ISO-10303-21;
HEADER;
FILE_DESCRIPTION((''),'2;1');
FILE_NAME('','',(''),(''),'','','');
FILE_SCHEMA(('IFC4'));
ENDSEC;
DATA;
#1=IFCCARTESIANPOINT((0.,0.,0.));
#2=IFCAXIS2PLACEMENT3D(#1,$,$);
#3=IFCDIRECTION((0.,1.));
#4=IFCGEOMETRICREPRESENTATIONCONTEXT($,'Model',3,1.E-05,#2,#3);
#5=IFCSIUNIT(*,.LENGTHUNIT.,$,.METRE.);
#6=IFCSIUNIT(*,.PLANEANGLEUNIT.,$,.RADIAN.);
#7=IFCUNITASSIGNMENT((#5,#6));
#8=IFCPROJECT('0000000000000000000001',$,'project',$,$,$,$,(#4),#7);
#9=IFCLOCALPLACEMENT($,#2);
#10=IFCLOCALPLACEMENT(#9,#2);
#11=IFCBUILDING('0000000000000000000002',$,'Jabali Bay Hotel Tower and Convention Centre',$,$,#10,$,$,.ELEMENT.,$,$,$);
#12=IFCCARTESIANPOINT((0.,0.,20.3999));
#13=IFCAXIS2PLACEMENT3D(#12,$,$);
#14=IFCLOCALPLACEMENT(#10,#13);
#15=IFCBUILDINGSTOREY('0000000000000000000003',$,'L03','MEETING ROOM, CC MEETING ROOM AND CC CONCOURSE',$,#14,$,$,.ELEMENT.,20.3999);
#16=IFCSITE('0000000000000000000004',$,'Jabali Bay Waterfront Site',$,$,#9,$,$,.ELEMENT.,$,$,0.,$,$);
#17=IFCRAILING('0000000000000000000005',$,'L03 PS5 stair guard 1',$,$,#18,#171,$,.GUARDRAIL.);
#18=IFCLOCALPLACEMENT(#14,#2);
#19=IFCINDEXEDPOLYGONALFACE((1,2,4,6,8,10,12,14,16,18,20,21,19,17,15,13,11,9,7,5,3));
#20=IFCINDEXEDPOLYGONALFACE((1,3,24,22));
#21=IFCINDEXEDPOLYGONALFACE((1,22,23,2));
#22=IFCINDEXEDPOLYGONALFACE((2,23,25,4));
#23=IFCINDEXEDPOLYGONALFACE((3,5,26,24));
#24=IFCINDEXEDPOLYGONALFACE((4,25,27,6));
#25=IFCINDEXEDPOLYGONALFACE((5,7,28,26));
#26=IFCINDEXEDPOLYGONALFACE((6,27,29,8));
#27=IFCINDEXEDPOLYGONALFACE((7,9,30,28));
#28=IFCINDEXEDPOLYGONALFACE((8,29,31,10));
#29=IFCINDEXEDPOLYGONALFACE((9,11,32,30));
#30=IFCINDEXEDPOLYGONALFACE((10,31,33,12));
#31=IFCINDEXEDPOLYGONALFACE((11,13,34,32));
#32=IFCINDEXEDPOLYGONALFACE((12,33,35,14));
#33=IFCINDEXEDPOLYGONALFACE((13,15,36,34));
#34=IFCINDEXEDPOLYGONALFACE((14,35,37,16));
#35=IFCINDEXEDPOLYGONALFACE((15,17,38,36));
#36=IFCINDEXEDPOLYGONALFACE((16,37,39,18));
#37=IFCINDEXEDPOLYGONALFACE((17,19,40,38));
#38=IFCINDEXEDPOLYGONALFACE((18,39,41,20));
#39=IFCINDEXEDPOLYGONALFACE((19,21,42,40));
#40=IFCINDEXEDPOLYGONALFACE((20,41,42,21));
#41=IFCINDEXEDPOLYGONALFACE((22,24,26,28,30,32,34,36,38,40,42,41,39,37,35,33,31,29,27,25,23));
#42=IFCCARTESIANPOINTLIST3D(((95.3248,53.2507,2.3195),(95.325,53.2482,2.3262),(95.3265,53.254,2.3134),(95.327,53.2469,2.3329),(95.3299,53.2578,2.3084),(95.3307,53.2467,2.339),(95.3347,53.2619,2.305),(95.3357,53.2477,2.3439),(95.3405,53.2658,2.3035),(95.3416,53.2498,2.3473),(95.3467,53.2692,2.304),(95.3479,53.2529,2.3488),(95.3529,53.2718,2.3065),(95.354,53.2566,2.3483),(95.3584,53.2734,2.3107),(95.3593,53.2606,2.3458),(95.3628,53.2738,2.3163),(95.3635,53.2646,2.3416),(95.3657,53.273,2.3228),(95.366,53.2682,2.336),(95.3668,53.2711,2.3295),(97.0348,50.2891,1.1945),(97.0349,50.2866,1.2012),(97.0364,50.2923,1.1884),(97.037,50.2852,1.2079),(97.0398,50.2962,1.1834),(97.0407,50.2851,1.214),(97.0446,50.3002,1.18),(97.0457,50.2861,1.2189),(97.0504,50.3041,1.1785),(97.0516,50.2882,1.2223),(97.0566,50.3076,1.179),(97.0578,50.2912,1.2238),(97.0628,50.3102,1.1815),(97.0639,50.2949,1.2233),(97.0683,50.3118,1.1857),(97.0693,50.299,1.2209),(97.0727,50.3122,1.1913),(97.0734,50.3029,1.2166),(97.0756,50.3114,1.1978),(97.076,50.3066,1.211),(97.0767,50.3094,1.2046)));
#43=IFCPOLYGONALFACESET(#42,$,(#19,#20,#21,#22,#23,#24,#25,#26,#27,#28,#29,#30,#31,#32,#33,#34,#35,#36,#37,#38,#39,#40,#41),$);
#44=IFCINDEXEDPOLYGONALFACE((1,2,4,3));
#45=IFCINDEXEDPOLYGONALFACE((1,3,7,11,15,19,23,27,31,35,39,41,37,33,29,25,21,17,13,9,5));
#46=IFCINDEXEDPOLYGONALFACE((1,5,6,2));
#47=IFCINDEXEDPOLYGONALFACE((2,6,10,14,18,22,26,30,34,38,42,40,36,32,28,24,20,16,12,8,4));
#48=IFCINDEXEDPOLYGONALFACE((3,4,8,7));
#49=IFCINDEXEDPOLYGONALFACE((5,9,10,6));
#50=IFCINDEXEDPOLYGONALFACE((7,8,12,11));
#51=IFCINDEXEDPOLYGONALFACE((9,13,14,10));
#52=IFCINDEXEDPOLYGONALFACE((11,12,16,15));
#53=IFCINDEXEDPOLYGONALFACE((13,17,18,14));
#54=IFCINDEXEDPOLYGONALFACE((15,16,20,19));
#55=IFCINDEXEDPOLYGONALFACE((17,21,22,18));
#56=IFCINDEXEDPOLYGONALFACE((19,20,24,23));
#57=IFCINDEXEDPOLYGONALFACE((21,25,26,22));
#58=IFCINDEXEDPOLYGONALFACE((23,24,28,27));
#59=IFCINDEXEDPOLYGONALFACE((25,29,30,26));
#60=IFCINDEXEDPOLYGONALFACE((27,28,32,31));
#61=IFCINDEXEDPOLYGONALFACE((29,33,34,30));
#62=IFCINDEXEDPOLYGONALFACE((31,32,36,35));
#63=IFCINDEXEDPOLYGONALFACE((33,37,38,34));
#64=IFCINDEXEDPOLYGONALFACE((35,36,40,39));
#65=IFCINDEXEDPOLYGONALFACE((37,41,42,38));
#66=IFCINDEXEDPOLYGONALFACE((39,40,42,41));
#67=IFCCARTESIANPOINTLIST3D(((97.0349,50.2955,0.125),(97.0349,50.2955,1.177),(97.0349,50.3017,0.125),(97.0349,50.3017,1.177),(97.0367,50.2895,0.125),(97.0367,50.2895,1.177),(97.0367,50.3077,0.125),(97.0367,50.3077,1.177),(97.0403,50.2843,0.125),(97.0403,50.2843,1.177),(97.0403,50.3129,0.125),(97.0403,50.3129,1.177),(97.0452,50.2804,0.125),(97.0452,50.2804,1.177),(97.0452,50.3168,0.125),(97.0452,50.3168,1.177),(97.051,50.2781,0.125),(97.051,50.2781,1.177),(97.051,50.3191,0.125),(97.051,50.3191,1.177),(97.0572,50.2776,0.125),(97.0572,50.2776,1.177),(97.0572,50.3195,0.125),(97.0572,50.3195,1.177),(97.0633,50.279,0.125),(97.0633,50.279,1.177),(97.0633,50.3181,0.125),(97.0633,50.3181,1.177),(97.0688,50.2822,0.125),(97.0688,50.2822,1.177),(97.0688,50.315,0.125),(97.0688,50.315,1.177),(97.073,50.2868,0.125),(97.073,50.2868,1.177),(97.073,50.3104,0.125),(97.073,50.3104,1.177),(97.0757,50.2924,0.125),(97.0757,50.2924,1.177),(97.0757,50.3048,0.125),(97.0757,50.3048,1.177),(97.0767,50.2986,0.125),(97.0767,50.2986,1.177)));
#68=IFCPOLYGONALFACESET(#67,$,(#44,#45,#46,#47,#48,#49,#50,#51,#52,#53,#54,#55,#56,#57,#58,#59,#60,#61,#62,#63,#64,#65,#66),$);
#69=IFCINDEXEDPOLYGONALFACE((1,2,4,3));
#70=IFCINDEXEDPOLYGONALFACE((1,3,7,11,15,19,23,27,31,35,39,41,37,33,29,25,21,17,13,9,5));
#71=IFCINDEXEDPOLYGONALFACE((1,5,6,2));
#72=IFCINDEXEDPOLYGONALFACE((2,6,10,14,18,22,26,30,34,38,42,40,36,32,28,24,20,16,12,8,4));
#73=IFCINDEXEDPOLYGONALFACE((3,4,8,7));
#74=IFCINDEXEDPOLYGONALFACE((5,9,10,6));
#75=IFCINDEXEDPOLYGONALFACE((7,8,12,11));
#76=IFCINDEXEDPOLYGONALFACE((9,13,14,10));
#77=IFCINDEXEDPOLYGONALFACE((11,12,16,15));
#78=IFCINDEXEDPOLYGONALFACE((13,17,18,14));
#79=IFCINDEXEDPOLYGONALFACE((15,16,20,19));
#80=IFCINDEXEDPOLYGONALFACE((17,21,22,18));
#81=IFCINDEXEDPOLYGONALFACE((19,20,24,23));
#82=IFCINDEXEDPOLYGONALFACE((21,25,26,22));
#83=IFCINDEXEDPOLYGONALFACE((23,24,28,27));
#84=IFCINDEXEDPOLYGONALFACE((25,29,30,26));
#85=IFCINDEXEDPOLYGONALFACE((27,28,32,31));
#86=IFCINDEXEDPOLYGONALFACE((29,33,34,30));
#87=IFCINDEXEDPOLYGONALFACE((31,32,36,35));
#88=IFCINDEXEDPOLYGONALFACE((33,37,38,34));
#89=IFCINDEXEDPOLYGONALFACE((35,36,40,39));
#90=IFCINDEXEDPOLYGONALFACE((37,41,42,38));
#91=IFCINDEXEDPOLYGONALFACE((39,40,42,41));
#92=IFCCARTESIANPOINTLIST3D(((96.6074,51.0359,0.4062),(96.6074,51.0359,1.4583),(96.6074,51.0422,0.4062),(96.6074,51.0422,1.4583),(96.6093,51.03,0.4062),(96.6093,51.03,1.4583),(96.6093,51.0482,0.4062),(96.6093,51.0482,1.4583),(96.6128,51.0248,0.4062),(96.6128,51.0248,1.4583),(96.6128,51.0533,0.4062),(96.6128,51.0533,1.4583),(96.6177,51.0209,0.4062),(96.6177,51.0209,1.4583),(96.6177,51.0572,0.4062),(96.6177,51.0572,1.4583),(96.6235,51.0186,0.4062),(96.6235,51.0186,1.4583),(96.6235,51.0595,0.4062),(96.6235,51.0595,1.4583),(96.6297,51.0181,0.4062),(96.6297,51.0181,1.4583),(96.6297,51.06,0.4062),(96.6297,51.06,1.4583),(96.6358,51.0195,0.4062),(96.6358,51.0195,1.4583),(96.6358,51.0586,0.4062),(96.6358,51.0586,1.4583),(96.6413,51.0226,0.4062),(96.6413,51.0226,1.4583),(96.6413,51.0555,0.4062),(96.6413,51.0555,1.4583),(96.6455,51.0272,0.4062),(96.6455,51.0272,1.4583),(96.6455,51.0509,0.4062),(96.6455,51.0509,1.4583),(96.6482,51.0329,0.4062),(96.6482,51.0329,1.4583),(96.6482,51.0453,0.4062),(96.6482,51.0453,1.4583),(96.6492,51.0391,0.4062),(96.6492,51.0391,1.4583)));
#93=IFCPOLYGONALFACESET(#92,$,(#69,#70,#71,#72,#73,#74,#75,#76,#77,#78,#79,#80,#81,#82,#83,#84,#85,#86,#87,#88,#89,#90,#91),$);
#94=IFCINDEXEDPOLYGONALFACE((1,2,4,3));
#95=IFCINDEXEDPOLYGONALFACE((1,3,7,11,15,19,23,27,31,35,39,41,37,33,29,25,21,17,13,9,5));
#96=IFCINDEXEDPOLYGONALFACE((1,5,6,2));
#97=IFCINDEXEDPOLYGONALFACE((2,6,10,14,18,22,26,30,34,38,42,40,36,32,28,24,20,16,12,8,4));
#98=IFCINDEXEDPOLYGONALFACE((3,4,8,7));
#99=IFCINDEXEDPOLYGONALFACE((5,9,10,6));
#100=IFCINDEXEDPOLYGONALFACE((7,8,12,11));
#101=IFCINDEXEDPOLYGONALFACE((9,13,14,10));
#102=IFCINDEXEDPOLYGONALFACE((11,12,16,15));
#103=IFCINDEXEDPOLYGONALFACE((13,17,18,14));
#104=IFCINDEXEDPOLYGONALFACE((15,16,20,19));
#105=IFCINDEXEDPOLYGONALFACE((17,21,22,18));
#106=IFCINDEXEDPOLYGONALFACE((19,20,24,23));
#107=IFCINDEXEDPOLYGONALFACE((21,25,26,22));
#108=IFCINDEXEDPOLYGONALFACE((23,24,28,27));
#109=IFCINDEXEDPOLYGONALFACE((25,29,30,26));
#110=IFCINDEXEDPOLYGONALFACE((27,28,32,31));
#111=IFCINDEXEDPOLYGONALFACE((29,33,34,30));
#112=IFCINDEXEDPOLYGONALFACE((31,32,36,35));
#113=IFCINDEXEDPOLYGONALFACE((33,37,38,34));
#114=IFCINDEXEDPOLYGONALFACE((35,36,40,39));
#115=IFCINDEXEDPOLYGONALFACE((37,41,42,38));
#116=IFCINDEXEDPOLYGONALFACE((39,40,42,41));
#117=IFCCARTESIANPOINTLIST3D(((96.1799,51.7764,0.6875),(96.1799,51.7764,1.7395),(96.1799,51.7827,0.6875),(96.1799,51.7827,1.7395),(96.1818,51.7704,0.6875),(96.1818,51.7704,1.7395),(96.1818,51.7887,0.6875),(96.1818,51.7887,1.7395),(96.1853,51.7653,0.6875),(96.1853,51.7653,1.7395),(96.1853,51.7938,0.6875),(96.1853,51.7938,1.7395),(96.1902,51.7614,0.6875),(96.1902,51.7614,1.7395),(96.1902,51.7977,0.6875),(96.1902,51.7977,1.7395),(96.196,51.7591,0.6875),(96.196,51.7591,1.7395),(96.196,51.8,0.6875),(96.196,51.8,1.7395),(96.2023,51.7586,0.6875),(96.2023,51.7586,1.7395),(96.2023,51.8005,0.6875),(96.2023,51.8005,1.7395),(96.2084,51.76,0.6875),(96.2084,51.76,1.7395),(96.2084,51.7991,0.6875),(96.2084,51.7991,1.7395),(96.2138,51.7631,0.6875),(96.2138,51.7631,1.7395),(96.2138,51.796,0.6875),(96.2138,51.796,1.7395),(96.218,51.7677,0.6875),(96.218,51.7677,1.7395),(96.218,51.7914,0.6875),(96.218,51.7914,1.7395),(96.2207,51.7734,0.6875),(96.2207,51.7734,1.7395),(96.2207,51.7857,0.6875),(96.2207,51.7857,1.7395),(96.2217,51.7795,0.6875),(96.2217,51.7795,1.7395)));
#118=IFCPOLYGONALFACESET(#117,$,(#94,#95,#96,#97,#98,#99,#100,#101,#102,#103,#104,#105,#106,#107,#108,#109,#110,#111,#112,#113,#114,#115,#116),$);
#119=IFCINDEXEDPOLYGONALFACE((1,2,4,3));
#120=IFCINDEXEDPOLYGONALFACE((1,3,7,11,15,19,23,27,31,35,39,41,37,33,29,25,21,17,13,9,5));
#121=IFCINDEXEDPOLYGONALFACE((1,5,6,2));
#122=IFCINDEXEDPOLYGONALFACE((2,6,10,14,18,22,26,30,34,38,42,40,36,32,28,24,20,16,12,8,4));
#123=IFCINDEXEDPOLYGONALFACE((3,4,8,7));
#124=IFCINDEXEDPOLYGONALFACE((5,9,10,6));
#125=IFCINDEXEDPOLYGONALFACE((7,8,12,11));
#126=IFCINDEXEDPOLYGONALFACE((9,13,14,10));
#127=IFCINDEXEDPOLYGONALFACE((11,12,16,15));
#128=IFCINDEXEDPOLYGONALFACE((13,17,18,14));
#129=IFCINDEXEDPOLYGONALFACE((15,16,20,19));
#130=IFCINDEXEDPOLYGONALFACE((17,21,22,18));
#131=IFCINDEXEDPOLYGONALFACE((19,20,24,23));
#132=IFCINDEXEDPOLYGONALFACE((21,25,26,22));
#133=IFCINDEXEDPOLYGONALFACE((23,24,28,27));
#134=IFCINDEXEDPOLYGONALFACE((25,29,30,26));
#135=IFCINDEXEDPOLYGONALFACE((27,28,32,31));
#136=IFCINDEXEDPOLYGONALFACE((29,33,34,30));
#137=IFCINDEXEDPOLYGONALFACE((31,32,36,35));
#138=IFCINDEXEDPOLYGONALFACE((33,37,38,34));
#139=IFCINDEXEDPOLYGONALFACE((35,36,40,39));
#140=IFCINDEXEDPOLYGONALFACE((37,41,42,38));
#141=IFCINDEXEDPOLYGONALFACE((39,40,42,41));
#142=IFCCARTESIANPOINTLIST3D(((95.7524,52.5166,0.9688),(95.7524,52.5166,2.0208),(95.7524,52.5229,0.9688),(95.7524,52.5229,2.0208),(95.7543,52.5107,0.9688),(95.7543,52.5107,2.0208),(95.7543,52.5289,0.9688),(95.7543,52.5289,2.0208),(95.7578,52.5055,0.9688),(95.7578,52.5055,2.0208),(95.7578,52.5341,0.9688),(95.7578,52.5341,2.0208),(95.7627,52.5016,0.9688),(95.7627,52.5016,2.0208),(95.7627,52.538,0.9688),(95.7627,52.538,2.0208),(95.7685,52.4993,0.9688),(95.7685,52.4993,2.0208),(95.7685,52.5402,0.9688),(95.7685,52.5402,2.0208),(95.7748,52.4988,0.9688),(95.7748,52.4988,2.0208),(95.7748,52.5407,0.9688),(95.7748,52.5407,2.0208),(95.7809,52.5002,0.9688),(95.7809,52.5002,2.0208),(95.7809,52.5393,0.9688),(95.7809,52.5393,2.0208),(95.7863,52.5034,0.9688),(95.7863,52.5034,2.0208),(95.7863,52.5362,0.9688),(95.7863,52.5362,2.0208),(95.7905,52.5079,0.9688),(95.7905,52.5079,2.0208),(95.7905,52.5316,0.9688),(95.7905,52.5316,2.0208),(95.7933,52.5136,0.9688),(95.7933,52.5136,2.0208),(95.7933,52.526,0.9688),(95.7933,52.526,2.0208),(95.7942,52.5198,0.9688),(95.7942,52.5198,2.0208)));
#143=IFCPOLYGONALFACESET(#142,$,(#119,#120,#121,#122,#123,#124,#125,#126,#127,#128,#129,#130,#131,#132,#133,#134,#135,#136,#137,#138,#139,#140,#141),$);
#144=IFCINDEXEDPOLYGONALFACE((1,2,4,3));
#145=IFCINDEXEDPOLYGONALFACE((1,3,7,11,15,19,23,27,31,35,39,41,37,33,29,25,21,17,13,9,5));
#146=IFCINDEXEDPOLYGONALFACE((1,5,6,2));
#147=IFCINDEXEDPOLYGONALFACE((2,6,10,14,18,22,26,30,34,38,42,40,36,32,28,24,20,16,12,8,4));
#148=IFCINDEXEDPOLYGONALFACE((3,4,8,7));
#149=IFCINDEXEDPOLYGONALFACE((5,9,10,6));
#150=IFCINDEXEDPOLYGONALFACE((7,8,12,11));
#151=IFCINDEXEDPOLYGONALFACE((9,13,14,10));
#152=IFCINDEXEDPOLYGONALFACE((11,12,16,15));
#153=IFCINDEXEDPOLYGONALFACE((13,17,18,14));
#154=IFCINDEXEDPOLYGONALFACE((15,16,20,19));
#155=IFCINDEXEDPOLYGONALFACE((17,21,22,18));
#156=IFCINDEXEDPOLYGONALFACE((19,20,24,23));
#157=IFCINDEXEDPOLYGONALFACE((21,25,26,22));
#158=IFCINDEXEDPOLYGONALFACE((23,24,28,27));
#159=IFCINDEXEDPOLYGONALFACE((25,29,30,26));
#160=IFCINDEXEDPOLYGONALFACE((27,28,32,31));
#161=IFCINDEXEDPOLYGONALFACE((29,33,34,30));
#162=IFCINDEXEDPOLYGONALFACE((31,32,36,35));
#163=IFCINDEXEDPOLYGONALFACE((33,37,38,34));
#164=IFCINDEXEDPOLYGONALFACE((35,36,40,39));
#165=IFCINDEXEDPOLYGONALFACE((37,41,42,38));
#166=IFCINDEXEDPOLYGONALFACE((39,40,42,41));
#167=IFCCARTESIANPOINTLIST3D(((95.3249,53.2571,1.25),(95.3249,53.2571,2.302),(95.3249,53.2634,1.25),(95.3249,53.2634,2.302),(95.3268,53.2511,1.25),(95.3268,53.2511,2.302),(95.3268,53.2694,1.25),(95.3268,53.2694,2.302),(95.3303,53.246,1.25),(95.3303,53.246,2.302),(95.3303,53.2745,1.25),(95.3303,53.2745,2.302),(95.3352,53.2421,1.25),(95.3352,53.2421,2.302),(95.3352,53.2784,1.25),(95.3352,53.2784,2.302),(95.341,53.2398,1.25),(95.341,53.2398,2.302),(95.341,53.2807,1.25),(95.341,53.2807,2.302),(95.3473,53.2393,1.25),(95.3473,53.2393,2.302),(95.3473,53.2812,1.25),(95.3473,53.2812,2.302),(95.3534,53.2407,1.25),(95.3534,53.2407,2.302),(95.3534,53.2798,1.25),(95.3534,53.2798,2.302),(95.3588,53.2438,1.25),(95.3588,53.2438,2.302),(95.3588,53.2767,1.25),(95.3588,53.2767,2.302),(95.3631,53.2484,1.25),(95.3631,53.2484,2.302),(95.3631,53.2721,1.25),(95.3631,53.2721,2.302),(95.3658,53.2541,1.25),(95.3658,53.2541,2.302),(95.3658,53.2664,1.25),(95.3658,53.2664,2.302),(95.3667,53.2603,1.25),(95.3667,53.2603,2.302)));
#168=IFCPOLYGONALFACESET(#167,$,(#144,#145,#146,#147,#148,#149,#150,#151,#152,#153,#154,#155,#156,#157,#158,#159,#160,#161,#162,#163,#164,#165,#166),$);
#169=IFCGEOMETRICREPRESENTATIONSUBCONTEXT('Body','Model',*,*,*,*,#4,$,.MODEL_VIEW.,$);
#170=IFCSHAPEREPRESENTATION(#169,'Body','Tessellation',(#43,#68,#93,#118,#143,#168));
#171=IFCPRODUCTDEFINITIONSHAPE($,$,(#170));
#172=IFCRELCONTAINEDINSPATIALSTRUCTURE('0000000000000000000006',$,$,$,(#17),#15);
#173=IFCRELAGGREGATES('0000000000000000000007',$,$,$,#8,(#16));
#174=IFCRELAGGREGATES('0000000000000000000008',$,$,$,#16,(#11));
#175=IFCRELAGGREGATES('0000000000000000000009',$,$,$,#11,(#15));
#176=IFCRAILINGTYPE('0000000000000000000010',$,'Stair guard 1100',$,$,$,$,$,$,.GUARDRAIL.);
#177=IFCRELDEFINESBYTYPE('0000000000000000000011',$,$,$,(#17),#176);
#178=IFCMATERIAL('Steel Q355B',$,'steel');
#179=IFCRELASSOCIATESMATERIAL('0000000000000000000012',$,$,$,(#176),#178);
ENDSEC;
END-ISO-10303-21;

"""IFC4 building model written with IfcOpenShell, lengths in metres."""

from ifc_helpers import new_model, si_unit, direction, frame, origin, origin_2d, place, context, subcontext, project, spatial, circle, extrude, material, type_object, element, save


model = new_model("IFC4")

# Units and contexts
model_context = context("Model", 3, precision=1e-05, world=origin(), true_north=direction((0.0, 1.0)))
body_context = subcontext(model_context, "Body", "Model", "MODEL_VIEW")
ifc_project = project(units=[si_unit("LENGTHUNIT", "METRE"), si_unit("PLANEANGLEUNIT", "RADIAN")], contexts=[model_context])

# Site, building, storey
site_placement = place(None, origin())
site = spatial("IfcSite", under=ifc_project, at=site_placement, Name="Jabali Bay Waterfront Site", CompositionType="ELEMENT", RefElevation=0.0)
building_placement = place(site_placement, origin())
building = spatial("IfcBuilding", under=site, at=building_placement, Name="Jabali Bay Hotel Tower and Convention Centre", CompositionType="ELEMENT")
storey_placement = place(building_placement, frame((0.0, 0.0, 20.3999)))
storey = spatial("IfcBuildingStorey", under=building, at=storey_placement, Name="L03", Description="MEETING ROOM, CC MEETING ROOM AND CC CONCOURSE", CompositionType="ELEMENT", Elevation=20.3999)

# Railing
ifc_material_1 = material(Name="Steel Q355B", Category="steel")
railing_type_1 = type_object("IfcRailingType", Name="Stair guard 1100", PredefinedType="GUARDRAIL", material=ifc_material_1)
railing_1_placement = place(storey_placement, frame((97.0557, 50.2986, 0.125)))
element("IfcRailing", 1, at=railing_1_placement, inside=storey, type_object=railing_type_1, Name="L03 PS5 stair guard 1", PredefinedType="GUARDRAIL", context=body_context, shape_type="SweptSolid", body=[
    extrude(circle(Radius=0.0239, at=origin_2d()), frame((0.0, 0.0, 1.0762), z_axis=(-0.474969, 0.822652, 0.312487), x_axis=(-0.86602, -0.500009, 0.0)), (0.0, 0.0, 1.0), 3.6001),
    extrude(circle(Radius=0.021, at=origin_2d()), origin(), (0.0, 0.0, 1.0), 1.052),
    extrude(circle(Radius=0.021, at=origin_2d()), frame((-0.4275, 0.7405, 0.2812)), (0.0, 0.0, 1.0), 1.052),
    extrude(circle(Radius=0.021, at=origin_2d()), frame((-0.855, 1.481, 0.5625)), (0.0, 0.0, 1.0), 1.052),
    extrude(circle(Radius=0.021, at=origin_2d()), frame((-1.2825, 2.2212, 0.8438)), (0.0, 0.0, 1.0), 1.052),
    extrude(circle(Radius=0.021, at=origin_2d()), frame((-1.71, 2.9617, 1.125)), (0.0, 0.0, 1.0), 1.052),
])

save(model, "model.ifc")
